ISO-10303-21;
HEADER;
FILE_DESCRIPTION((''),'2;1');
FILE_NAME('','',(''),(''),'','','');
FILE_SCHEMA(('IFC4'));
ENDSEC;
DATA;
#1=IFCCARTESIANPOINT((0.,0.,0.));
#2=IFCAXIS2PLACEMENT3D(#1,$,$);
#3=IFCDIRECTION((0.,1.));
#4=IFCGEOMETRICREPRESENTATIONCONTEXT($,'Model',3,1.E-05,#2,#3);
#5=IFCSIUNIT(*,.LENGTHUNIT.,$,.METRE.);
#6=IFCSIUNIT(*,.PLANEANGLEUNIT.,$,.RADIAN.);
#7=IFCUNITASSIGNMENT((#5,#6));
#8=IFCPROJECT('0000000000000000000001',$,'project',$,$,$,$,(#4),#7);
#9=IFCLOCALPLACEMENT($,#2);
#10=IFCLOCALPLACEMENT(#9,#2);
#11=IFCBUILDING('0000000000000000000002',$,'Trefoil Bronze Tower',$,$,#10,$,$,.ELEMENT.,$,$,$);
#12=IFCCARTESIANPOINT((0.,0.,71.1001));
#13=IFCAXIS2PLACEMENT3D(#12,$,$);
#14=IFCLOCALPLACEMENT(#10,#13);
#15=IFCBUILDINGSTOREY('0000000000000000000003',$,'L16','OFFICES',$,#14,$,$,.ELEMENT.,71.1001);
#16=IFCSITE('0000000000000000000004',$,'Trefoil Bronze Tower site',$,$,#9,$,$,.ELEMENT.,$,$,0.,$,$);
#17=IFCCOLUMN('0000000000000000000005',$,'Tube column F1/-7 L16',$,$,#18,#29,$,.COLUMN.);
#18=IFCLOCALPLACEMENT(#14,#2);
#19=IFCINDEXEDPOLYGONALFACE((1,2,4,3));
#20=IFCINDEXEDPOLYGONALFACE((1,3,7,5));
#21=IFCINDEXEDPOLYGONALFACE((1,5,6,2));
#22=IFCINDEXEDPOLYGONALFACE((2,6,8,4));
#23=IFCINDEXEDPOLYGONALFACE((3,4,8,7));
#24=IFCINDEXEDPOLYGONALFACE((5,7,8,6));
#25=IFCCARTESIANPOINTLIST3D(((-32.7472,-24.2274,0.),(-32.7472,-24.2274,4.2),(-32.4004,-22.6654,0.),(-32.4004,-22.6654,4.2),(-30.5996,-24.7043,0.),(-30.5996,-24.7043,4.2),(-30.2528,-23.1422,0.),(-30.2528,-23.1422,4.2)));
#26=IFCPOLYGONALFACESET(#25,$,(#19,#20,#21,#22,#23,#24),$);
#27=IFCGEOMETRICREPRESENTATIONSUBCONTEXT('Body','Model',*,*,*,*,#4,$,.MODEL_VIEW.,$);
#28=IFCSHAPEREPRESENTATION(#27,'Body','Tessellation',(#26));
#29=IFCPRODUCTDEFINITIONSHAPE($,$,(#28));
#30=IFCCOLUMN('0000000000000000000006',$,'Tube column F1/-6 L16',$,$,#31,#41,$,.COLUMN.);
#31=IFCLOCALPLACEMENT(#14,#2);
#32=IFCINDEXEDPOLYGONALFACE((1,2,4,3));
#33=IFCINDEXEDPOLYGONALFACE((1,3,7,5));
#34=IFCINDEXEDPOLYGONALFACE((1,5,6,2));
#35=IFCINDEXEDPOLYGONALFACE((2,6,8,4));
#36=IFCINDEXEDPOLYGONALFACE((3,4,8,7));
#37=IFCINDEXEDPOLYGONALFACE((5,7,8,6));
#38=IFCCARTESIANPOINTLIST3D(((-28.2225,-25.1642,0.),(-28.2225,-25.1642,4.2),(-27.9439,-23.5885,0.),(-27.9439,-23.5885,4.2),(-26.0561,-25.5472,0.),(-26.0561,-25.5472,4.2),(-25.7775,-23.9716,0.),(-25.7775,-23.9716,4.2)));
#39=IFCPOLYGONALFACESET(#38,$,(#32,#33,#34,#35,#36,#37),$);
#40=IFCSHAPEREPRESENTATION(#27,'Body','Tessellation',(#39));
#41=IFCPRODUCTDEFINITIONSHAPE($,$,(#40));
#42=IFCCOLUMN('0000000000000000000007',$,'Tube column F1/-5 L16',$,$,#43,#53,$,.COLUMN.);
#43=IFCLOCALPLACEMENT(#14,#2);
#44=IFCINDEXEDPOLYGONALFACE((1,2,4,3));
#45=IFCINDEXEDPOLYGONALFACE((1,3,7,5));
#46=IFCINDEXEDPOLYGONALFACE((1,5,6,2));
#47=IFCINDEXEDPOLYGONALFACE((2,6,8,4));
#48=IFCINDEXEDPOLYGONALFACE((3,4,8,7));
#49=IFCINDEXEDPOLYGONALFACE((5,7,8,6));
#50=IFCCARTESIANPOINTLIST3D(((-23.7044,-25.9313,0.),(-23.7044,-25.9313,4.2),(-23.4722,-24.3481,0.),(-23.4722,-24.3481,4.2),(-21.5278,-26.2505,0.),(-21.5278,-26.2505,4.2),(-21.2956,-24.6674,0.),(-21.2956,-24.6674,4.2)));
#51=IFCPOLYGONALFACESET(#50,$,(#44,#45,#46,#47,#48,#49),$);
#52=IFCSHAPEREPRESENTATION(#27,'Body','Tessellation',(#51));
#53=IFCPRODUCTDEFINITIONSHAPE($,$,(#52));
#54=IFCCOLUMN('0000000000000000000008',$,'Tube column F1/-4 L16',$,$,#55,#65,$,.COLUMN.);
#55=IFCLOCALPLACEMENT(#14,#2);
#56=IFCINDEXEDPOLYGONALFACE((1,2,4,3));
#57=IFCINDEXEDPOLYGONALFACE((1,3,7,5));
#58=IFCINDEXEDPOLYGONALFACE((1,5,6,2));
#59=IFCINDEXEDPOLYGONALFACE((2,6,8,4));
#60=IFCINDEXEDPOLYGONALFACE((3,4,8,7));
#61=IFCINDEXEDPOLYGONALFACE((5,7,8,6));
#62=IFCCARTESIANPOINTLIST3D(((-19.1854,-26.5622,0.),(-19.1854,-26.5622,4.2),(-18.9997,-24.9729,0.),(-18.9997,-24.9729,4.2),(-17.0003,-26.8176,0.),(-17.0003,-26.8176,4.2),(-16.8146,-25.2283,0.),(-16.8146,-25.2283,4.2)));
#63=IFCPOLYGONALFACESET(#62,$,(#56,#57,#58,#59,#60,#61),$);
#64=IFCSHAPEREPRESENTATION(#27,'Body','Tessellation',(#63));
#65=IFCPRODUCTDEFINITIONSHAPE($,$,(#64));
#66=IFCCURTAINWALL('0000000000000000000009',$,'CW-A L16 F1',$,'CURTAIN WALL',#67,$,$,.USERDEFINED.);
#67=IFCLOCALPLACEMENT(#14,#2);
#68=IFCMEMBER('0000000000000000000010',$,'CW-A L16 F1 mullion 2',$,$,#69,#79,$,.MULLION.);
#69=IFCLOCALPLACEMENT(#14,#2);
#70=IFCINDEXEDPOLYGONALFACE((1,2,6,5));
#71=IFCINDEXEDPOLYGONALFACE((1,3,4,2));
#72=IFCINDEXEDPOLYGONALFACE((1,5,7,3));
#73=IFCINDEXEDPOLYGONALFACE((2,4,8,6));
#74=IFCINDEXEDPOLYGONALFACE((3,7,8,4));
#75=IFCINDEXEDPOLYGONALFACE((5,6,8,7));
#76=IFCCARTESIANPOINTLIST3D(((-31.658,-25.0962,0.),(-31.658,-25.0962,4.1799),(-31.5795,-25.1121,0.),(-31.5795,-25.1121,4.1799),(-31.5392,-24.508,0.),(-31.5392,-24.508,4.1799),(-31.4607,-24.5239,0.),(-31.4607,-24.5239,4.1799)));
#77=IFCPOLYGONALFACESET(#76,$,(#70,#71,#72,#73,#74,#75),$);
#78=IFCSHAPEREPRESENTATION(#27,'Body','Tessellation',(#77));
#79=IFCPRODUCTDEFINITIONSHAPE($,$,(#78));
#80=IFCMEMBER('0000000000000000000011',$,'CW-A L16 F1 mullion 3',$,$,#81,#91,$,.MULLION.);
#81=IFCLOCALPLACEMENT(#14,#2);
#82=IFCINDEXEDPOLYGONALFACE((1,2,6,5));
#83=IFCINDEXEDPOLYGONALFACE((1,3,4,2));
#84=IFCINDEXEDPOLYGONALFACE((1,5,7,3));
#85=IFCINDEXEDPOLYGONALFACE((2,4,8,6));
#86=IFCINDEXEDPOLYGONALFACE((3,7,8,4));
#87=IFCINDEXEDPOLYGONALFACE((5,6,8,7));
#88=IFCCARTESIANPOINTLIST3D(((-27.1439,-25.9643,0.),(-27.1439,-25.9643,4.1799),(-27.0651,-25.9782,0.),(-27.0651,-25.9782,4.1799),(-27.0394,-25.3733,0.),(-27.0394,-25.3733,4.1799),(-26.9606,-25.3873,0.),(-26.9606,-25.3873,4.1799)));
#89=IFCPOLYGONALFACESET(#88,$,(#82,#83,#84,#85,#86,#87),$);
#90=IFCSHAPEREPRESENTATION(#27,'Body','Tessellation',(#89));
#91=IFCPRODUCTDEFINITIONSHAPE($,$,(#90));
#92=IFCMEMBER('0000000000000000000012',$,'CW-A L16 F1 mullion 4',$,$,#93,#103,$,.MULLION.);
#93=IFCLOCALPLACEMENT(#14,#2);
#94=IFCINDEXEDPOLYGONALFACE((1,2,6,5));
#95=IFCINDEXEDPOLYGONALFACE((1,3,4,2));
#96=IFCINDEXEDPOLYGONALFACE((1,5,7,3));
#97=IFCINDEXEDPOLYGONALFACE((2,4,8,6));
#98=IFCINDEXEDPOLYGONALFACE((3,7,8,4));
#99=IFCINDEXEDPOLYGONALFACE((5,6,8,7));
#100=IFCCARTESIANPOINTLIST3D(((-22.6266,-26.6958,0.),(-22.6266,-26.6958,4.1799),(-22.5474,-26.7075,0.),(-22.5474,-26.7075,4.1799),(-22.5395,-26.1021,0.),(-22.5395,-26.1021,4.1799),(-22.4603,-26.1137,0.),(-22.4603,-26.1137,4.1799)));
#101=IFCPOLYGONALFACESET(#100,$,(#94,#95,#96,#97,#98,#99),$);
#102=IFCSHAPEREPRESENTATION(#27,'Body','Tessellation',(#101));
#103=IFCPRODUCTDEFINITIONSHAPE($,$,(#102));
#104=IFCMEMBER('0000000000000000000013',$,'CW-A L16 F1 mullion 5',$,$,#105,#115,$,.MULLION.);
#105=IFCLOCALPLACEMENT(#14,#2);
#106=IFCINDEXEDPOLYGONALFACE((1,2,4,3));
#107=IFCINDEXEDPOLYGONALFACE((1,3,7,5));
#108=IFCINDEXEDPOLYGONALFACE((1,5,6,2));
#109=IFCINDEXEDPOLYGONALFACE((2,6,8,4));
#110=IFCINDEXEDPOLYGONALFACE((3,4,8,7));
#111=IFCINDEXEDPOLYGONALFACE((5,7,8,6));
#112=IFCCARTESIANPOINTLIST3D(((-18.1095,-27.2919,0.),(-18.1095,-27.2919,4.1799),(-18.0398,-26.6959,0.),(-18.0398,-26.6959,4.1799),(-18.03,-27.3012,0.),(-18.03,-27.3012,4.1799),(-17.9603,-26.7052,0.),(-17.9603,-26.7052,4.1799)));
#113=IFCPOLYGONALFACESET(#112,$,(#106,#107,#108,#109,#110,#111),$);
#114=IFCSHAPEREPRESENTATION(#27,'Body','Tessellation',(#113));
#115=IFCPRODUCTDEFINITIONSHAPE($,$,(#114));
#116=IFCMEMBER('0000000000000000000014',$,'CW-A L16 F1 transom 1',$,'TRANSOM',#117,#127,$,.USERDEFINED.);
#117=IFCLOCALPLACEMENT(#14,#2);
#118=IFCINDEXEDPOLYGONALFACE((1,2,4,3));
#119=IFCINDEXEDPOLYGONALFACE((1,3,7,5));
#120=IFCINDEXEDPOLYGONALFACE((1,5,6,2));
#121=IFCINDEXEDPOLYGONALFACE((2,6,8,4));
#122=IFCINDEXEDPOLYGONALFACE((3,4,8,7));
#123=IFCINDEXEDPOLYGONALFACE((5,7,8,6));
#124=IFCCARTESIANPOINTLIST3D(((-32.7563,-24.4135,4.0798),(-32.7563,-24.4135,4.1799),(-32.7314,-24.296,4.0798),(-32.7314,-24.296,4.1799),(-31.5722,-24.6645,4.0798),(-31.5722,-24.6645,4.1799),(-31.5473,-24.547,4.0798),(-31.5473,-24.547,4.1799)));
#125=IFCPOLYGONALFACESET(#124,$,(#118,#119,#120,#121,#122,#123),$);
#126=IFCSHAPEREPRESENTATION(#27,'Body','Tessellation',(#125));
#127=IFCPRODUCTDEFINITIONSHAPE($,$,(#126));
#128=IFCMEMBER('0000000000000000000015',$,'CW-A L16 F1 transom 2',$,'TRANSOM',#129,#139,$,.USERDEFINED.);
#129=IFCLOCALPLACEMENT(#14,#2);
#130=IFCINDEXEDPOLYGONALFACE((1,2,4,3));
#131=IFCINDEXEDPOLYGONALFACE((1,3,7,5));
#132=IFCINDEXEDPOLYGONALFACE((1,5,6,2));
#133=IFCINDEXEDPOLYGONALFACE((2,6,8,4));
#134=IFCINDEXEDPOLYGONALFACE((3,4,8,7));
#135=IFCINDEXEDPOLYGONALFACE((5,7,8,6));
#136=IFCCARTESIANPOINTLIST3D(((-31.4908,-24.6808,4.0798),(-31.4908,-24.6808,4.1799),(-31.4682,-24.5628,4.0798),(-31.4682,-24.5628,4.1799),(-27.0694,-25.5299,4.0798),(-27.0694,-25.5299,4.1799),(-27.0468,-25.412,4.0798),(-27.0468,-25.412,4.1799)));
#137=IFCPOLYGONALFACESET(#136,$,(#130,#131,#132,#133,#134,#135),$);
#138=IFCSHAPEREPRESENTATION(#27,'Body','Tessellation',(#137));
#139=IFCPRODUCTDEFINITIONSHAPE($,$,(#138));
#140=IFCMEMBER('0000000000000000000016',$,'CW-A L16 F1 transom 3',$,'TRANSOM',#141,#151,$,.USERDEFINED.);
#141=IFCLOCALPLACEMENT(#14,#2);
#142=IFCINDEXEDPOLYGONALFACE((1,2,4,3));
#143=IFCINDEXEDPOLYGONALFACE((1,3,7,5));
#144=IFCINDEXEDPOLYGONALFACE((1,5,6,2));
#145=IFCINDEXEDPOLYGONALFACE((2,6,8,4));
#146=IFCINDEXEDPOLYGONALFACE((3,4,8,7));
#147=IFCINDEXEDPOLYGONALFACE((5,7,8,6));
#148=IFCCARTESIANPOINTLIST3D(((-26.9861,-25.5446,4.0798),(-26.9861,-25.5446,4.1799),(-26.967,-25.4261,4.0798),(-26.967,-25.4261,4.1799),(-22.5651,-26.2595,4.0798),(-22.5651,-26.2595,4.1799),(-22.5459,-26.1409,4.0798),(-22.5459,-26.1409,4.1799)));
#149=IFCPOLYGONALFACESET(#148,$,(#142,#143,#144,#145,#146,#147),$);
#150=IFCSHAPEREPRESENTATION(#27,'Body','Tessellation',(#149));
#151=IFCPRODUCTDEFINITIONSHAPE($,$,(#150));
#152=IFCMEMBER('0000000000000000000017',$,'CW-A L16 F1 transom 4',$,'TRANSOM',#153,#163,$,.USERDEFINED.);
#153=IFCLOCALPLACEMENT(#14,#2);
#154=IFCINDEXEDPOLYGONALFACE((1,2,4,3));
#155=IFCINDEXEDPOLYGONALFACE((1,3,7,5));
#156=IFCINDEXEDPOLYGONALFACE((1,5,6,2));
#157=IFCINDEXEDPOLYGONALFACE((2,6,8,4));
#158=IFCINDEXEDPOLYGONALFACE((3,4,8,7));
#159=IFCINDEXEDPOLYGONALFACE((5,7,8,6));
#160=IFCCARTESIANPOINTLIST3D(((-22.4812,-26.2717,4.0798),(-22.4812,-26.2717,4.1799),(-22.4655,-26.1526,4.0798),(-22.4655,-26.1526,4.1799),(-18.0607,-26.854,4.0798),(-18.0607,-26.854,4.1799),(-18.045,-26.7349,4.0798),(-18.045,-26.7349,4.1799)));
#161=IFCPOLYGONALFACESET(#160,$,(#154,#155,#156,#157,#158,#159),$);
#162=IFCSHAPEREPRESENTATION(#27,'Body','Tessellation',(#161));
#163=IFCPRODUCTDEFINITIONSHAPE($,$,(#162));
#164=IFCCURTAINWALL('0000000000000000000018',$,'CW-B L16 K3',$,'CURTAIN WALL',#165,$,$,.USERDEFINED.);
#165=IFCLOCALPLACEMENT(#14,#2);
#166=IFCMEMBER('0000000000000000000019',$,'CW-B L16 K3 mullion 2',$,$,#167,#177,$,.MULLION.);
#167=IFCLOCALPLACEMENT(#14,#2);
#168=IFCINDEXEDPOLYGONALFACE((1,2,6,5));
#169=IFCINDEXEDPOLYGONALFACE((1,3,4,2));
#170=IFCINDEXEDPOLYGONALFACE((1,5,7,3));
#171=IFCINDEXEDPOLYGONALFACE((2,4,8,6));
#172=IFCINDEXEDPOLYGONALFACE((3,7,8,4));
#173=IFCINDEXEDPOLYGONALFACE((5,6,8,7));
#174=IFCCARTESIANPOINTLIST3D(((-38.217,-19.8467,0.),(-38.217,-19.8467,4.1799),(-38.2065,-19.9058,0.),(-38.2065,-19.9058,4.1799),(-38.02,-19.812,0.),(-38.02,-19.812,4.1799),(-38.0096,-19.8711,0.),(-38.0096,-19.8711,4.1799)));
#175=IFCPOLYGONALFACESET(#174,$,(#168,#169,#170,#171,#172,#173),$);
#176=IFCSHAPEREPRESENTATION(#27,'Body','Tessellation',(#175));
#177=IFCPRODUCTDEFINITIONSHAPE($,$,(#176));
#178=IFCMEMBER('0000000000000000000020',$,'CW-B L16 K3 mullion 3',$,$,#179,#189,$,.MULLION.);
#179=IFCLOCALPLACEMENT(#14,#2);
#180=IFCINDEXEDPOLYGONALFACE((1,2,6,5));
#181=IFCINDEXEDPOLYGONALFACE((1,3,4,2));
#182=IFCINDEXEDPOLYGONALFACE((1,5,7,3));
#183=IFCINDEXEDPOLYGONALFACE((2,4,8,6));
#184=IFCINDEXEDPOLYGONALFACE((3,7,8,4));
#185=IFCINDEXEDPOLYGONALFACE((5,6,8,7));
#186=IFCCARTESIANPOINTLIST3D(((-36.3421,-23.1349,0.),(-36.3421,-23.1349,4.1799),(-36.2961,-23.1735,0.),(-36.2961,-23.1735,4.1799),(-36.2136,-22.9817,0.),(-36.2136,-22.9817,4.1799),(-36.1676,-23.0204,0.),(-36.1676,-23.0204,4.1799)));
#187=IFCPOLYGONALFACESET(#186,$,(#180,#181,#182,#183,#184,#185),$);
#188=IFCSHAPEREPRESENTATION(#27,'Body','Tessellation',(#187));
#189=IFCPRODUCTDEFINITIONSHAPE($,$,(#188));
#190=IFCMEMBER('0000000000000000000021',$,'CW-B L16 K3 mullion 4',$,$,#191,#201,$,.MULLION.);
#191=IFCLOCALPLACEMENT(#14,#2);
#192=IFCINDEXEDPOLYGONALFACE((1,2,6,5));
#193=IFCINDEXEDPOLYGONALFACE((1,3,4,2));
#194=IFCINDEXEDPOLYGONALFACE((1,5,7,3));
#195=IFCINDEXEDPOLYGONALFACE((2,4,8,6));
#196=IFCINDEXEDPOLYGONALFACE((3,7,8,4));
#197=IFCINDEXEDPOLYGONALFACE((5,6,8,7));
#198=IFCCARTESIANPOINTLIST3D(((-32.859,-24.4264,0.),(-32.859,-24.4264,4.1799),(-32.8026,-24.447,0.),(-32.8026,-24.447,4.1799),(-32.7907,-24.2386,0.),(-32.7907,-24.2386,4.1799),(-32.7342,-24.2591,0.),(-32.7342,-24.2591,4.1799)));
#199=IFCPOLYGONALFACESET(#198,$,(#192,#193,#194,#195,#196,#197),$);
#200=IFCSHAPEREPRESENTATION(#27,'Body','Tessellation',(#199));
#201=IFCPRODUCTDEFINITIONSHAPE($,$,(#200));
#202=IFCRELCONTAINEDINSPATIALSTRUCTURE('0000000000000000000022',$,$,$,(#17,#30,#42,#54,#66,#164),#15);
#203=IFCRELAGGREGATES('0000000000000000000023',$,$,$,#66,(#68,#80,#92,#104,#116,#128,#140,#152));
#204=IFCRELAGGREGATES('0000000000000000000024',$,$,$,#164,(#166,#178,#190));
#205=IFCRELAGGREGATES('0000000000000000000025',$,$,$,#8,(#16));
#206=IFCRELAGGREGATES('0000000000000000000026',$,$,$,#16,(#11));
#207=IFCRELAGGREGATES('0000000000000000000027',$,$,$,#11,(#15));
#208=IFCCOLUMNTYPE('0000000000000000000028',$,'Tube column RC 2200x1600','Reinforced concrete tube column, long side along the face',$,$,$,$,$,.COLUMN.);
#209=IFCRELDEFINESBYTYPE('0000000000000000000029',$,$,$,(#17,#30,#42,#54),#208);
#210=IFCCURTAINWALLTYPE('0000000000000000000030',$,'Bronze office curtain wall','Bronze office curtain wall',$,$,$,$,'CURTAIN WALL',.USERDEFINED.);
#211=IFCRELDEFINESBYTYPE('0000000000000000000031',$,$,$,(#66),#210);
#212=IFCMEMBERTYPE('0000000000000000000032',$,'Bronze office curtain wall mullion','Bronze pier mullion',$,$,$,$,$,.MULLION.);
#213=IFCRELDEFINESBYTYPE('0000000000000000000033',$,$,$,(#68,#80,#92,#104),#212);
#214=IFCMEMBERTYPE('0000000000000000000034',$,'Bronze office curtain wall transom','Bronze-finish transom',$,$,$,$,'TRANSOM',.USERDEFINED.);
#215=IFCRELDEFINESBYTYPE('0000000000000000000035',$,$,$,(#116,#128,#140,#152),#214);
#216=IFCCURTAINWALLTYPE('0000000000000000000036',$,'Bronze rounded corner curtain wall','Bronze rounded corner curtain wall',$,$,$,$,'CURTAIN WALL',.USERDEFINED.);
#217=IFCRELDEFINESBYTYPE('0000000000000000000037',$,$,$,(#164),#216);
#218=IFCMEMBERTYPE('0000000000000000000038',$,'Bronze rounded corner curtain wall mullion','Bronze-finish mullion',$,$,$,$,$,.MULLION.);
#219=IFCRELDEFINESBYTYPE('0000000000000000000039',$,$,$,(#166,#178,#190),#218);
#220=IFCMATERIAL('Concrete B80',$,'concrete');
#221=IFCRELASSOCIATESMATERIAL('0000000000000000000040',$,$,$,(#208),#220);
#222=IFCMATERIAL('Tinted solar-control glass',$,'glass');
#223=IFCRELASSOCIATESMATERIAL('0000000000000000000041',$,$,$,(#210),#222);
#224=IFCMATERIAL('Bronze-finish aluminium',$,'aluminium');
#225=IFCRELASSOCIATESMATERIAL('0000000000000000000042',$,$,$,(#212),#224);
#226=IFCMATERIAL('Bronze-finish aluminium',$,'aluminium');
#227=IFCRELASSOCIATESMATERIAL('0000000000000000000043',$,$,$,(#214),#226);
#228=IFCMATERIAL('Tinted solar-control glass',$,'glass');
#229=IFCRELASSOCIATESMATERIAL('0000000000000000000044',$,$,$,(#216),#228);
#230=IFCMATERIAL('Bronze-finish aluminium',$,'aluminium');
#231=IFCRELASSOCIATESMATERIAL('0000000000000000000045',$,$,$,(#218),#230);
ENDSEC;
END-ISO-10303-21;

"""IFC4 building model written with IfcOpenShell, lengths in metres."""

from ifc_helpers import new_model, si_unit, direction, frame, origin, origin_2d, place, context, subcontext, project, spatial, rectangle, extrude, material, material_profile, profile_set, type_object, element, aggregate, save


model = new_model("IFC4")

# Units and contexts
model_context = context("Model", 3, precision=1e-05, world=origin(), true_north=direction((0.0, 1.0)))
body_context = subcontext(model_context, "Body", "Model", "MODEL_VIEW")
ifc_project = project(units=[si_unit("LENGTHUNIT", "METRE"), si_unit("PLANEANGLEUNIT", "RADIAN")], contexts=[model_context])

# Site, building, storey
site_placement = place(None, origin())
site = spatial("IfcSite", under=ifc_project, at=site_placement, Name="Trefoil Bronze Tower site", CompositionType="ELEMENT", RefElevation=0.0)
building_placement = place(site_placement, origin())
building = spatial("IfcBuilding", under=site, at=building_placement, Name="Trefoil Bronze Tower", CompositionType="ELEMENT")
storey_placement = place(building_placement, frame((0.0, 0.0, 71.1001)))
storey = spatial("IfcBuildingStorey", under=building, at=storey_placement, Name="L16", Description="OFFICES", CompositionType="ELEMENT", Elevation=71.1001)

# Columns
ifc_material_1 = material(Name="Concrete B80", Category="concrete")
ifc_material_profile_1 = material_profile(ifc_material_1, rectangle(XDim=2.2, YDim=1.6001, at=origin_2d()), Name="RC 2200x1600")
ifc_profile_set_1 = profile_set([ifc_material_profile_1], Name="Concrete B80")
column_type = type_object("IfcColumnType", Name="Tube column RC 2200x1600", Description="Reinforced concrete tube column, long side along the face", PredefinedType="COLUMN", material=ifc_profile_set_1)
for number, where, z_axis, x_axis, name in (
    (1, (-31.5, -23.6848, 0.0), (0.0, 0.0, 1.0), (0.97623, -0.216739, 0.0), "Tube column F1/-7 L16"),
    (2, (-27.0, -24.5679, 0.0), (0.0, 0.0, 1.0), (0.984722, -0.174131, 0.0), "Tube column F1/-6 L16"),
    (3, (-22.5, -25.2993, 0.0), (0.0, 0.0, 1.0), (0.989416, -0.145109, 0.0), "Tube column F1/-5 L16"),
    (4, (-18.0, -25.8953, 0.0), (0.0, 0.0, 1.0), (0.993239, -0.116087, 0.0), "Tube column F1/-4 L16"),
):
    element("IfcColumn", number, at=place(storey_placement, frame(where, z_axis=z_axis, x_axis=x_axis)), inside=storey, type_object=column_type, Name=name, PredefinedType="COLUMN", context=body_context, shape_type="SweptSolid", body=[
        extrude(rectangle(XDim=2.2, YDim=1.6001, at=origin_2d()), origin(), (0.0, 0.0, 1.0), 4.2),
    ])

# Curtain walls, members
ifc_material_2 = material(Name="Tinted solar-control glass", Category="glass")
curtain_wall_type_1 = type_object("IfcCurtainWallType", Name="Bronze office curtain wall", Description="Bronze office curtain wall", ElementType="CURTAIN WALL", PredefinedType="USERDEFINED", material=ifc_material_2)
curtain_wall_1_placement = place(storey_placement, origin())
curtain_wall_1 = element("IfcCurtainWall", 5, at=curtain_wall_1_placement, inside=storey, type_object=curtain_wall_type_1, Name="CW-A L16 F1", ObjectType="CURTAIN WALL", PredefinedType="USERDEFINED")
ifc_material_3 = material(Name="Bronze-finish aluminium", Category="aluminium")
ifc_material_profile_2 = material_profile(ifc_material_3, rectangle(XDim=0.6001, YDim=0.0801, at=origin_2d()), Name="CW-A mullion")
ifc_profile_set_2 = profile_set([ifc_material_profile_2], Name="Bronze-finish aluminium")
member_type_1 = type_object("IfcMemberType", Name="Bronze office curtain wall mullion", Description="Bronze pier mullion", PredefinedType="MULLION", material=ifc_profile_set_2)
member_1_placement = place(storey_placement, frame((-31.5593, -24.8101, 0.0), z_axis=(0.0, 0.0, 1.0), x_axis=(0.19791, 0.98022, 0.0)))
member_1 = element("IfcMember", 6, at=member_1_placement, type_object=member_type_1, Name="CW-A L16 F1 mullion 2", PredefinedType="MULLION", context=body_context, shape_type="SweptSolid", body=[
    extrude(rectangle(XDim=0.6001, YDim=0.0801, at=origin_2d()), origin(), (0.0, 0.0, 1.0), 4.1799),
])
member_2_placement = place(storey_placement, frame((-27.0522, -25.6758, 0.0), z_axis=(0.0, 0.0, 1.0), x_axis=(0.174131, 0.984722, 0.0)))
member_2 = element("IfcMember", 7, at=member_2_placement, type_object=member_type_1, Name="CW-A L16 F1 mullion 3", PredefinedType="MULLION", context=body_context, shape_type="SweptSolid", body=[
    extrude(rectangle(XDim=0.6001, YDim=0.0801, at=origin_2d()), origin(), (0.0, 0.0, 1.0), 4.1799),
])
member_3_placement = place(storey_placement, frame((-22.5435, -26.4048, 0.0), z_axis=(0.0, 0.0, 1.0), x_axis=(0.145109, 0.989416, 0.0)))
member_3 = element("IfcMember", 8, at=member_3_placement, type_object=member_type_1, Name="CW-A L16 F1 mullion 4", PredefinedType="MULLION", context=body_context, shape_type="SweptSolid", body=[
    extrude(rectangle(XDim=0.6001, YDim=0.0801, at=origin_2d()), origin(), (0.0, 0.0, 1.0), 4.1799),
])
member_4_placement = place(storey_placement, frame((-18.0349, -26.9985, 0.0), z_axis=(0.0, 0.0, 1.0), x_axis=(0.116087, 0.993239, 0.0)))
member_4 = element("IfcMember", 9, at=member_4_placement, type_object=member_type_1, Name="CW-A L16 F1 mullion 5", PredefinedType="MULLION", context=body_context, shape_type="SweptSolid", body=[
    extrude(rectangle(XDim=0.6001, YDim=0.0801, at=origin_2d()), origin(), (0.0, 0.0, 1.0), 4.1799),
])
ifc_material_4 = material(Name="Bronze-finish aluminium", Category="aluminium")
ifc_material_profile_3 = material_profile(ifc_material_4, rectangle(XDim=0.1201, YDim=0.1001, at=origin_2d()), Name="CW-A transom")
ifc_profile_set_3 = profile_set([ifc_material_profile_3], Name="Bronze-finish aluminium")
member_type_2 = type_object("IfcMemberType", Name="Bronze office curtain wall transom", Description="Bronze-finish transom", ElementType="TRANSOM", PredefinedType="USERDEFINED", material=ifc_profile_set_3)
member_5_placement = place(storey_placement, frame((-32.7439, -24.3547, 4.1299), z_axis=(0.978266, -0.207352, 0.0), x_axis=(0.207352, 0.978266, 0.0)))
member_5 = element("IfcMember", 10, at=member_5_placement, type_object=member_type_2, Name="CW-A L16 F1 transom 1", ObjectType="TRANSOM", PredefinedType="USERDEFINED", context=body_context, shape_type="SweptSolid", body=[
    extrude(rectangle(XDim=0.1201, YDim=0.1001, at=origin_2d()), origin(), (0.0, 0.0, 1.0), 1.2104),
])
member_6_placement = place(storey_placement, frame((-31.4795, -24.6218, 4.1299), z_axis=(0.982054, -0.188602, 0.0), x_axis=(0.188602, 0.982054, 0.0)))
member_6 = element("IfcMember", 11, at=member_6_placement, type_object=member_type_2, Name="CW-A L16 F1 transom 2", ObjectType="TRANSOM", PredefinedType="USERDEFINED", context=body_context, shape_type="SweptSolid", body=[
    extrude(rectangle(XDim=0.1201, YDim=0.1001, at=origin_2d()), origin(), (0.0, 0.0, 1.0), 4.5022),
])
member_7_placement = place(storey_placement, frame((-26.9766, -25.4854, 4.1299), z_axis=(0.987179, -0.159615, 0.0), x_axis=(0.159615, 0.987179, 0.0)))
member_7 = element("IfcMember", 12, at=member_7_placement, type_object=member_type_2, Name="CW-A L16 F1 transom 3", ObjectType="TRANSOM", PredefinedType="USERDEFINED", context=body_context, shape_type="SweptSolid", body=[
    extrude(rectangle(XDim=0.1201, YDim=0.1001, at=origin_2d()), origin(), (0.0, 0.0, 1.0), 4.4785),
])
member_8_placement = place(storey_placement, frame((-22.4734, -26.2122, 4.1299), z_axis=(0.991437, -0.130589, 0.0), x_axis=(0.130589, 0.991437, 0.0)))
member_8 = element("IfcMember", 13, at=member_8_placement, type_object=member_type_2, Name="CW-A L16 F1 transom 4", ObjectType="TRANSOM", PredefinedType="USERDEFINED", context=body_context, shape_type="SweptSolid", body=[
    extrude(rectangle(XDim=0.1201, YDim=0.1001, at=origin_2d()), origin(), (0.0, 0.0, 1.0), 4.4587),
])
ifc_material_5 = material(Name="Tinted solar-control glass", Category="glass")
curtain_wall_type_2 = type_object("IfcCurtainWallType", Name="Bronze rounded corner curtain wall", Description="Bronze rounded corner curtain wall", ElementType="CURTAIN WALL", PredefinedType="USERDEFINED", material=ifc_material_5)
curtain_wall_2_placement = place(storey_placement, origin())
curtain_wall_2 = element("IfcCurtainWall", 14, at=curtain_wall_2_placement, inside=storey, type_object=curtain_wall_type_2, Name="CW-B L16 K3", ObjectType="CURTAIN WALL", PredefinedType="USERDEFINED")
ifc_material_6 = material(Name="Bronze-finish aluminium", Category="aluminium")
ifc_material_profile_4 = material_profile(ifc_material_6, rectangle(XDim=0.2, YDim=0.0601, at=origin_2d()), Name="CW-B mullion")
ifc_profile_set_4 = profile_set([ifc_material_profile_4], Name="Bronze-finish aluminium")
member_type_3 = type_object("IfcMemberType", Name="Bronze rounded corner curtain wall mullion", Description="Bronze-finish mullion", PredefinedType="MULLION", material=ifc_profile_set_4)
member_9_placement = place(storey_placement, frame((-38.1133, -19.8589, 0.0), z_axis=(0.0, 0.0, 1.0), x_axis=(0.984808, 0.173648, 0.0)))
member_9 = element("IfcMember", 15, at=member_9_placement, type_object=member_type_3, Name="CW-B L16 K3 mullion 2", PredefinedType="MULLION", context=body_context, shape_type="SweptSolid", body=[
    extrude(rectangle(XDim=0.2, YDim=0.0601, at=origin_2d()), origin(), (0.0, 0.0, 1.0), 4.1799),
])
member_10_placement = place(storey_placement, frame((-36.2549, -23.0776, 0.0), z_axis=(0.0, 0.0, 1.0), x_axis=(0.642788, 0.766044, 0.0)))
member_10 = element("IfcMember", 16, at=member_10_placement, type_object=member_type_3, Name="CW-B L16 K3 mullion 3", PredefinedType="MULLION", context=body_context, shape_type="SweptSolid", body=[
    extrude(rectangle(XDim=0.2, YDim=0.0601, at=origin_2d()), origin(), (0.0, 0.0, 1.0), 4.1799),
])
member_11_placement = place(storey_placement, frame((-32.7966, -24.3428, 0.0), z_axis=(0.0, 0.0, 1.0), x_axis=(0.34202, 0.939693, 0.0)))
member_11 = element("IfcMember", 17, at=member_11_placement, type_object=member_type_3, Name="CW-B L16 K3 mullion 4", PredefinedType="MULLION", context=body_context, shape_type="SweptSolid", body=[
    extrude(rectangle(XDim=0.2, YDim=0.0601, at=origin_2d()), origin(), (0.0, 0.0, 1.0), 4.1799),
])

aggregate(curtain_wall_1, [member_1, member_2, member_3, member_4, member_5, member_6, member_7, member_8])
aggregate(curtain_wall_2, [member_9, member_10, member_11])

save(model, "model.ifc")
